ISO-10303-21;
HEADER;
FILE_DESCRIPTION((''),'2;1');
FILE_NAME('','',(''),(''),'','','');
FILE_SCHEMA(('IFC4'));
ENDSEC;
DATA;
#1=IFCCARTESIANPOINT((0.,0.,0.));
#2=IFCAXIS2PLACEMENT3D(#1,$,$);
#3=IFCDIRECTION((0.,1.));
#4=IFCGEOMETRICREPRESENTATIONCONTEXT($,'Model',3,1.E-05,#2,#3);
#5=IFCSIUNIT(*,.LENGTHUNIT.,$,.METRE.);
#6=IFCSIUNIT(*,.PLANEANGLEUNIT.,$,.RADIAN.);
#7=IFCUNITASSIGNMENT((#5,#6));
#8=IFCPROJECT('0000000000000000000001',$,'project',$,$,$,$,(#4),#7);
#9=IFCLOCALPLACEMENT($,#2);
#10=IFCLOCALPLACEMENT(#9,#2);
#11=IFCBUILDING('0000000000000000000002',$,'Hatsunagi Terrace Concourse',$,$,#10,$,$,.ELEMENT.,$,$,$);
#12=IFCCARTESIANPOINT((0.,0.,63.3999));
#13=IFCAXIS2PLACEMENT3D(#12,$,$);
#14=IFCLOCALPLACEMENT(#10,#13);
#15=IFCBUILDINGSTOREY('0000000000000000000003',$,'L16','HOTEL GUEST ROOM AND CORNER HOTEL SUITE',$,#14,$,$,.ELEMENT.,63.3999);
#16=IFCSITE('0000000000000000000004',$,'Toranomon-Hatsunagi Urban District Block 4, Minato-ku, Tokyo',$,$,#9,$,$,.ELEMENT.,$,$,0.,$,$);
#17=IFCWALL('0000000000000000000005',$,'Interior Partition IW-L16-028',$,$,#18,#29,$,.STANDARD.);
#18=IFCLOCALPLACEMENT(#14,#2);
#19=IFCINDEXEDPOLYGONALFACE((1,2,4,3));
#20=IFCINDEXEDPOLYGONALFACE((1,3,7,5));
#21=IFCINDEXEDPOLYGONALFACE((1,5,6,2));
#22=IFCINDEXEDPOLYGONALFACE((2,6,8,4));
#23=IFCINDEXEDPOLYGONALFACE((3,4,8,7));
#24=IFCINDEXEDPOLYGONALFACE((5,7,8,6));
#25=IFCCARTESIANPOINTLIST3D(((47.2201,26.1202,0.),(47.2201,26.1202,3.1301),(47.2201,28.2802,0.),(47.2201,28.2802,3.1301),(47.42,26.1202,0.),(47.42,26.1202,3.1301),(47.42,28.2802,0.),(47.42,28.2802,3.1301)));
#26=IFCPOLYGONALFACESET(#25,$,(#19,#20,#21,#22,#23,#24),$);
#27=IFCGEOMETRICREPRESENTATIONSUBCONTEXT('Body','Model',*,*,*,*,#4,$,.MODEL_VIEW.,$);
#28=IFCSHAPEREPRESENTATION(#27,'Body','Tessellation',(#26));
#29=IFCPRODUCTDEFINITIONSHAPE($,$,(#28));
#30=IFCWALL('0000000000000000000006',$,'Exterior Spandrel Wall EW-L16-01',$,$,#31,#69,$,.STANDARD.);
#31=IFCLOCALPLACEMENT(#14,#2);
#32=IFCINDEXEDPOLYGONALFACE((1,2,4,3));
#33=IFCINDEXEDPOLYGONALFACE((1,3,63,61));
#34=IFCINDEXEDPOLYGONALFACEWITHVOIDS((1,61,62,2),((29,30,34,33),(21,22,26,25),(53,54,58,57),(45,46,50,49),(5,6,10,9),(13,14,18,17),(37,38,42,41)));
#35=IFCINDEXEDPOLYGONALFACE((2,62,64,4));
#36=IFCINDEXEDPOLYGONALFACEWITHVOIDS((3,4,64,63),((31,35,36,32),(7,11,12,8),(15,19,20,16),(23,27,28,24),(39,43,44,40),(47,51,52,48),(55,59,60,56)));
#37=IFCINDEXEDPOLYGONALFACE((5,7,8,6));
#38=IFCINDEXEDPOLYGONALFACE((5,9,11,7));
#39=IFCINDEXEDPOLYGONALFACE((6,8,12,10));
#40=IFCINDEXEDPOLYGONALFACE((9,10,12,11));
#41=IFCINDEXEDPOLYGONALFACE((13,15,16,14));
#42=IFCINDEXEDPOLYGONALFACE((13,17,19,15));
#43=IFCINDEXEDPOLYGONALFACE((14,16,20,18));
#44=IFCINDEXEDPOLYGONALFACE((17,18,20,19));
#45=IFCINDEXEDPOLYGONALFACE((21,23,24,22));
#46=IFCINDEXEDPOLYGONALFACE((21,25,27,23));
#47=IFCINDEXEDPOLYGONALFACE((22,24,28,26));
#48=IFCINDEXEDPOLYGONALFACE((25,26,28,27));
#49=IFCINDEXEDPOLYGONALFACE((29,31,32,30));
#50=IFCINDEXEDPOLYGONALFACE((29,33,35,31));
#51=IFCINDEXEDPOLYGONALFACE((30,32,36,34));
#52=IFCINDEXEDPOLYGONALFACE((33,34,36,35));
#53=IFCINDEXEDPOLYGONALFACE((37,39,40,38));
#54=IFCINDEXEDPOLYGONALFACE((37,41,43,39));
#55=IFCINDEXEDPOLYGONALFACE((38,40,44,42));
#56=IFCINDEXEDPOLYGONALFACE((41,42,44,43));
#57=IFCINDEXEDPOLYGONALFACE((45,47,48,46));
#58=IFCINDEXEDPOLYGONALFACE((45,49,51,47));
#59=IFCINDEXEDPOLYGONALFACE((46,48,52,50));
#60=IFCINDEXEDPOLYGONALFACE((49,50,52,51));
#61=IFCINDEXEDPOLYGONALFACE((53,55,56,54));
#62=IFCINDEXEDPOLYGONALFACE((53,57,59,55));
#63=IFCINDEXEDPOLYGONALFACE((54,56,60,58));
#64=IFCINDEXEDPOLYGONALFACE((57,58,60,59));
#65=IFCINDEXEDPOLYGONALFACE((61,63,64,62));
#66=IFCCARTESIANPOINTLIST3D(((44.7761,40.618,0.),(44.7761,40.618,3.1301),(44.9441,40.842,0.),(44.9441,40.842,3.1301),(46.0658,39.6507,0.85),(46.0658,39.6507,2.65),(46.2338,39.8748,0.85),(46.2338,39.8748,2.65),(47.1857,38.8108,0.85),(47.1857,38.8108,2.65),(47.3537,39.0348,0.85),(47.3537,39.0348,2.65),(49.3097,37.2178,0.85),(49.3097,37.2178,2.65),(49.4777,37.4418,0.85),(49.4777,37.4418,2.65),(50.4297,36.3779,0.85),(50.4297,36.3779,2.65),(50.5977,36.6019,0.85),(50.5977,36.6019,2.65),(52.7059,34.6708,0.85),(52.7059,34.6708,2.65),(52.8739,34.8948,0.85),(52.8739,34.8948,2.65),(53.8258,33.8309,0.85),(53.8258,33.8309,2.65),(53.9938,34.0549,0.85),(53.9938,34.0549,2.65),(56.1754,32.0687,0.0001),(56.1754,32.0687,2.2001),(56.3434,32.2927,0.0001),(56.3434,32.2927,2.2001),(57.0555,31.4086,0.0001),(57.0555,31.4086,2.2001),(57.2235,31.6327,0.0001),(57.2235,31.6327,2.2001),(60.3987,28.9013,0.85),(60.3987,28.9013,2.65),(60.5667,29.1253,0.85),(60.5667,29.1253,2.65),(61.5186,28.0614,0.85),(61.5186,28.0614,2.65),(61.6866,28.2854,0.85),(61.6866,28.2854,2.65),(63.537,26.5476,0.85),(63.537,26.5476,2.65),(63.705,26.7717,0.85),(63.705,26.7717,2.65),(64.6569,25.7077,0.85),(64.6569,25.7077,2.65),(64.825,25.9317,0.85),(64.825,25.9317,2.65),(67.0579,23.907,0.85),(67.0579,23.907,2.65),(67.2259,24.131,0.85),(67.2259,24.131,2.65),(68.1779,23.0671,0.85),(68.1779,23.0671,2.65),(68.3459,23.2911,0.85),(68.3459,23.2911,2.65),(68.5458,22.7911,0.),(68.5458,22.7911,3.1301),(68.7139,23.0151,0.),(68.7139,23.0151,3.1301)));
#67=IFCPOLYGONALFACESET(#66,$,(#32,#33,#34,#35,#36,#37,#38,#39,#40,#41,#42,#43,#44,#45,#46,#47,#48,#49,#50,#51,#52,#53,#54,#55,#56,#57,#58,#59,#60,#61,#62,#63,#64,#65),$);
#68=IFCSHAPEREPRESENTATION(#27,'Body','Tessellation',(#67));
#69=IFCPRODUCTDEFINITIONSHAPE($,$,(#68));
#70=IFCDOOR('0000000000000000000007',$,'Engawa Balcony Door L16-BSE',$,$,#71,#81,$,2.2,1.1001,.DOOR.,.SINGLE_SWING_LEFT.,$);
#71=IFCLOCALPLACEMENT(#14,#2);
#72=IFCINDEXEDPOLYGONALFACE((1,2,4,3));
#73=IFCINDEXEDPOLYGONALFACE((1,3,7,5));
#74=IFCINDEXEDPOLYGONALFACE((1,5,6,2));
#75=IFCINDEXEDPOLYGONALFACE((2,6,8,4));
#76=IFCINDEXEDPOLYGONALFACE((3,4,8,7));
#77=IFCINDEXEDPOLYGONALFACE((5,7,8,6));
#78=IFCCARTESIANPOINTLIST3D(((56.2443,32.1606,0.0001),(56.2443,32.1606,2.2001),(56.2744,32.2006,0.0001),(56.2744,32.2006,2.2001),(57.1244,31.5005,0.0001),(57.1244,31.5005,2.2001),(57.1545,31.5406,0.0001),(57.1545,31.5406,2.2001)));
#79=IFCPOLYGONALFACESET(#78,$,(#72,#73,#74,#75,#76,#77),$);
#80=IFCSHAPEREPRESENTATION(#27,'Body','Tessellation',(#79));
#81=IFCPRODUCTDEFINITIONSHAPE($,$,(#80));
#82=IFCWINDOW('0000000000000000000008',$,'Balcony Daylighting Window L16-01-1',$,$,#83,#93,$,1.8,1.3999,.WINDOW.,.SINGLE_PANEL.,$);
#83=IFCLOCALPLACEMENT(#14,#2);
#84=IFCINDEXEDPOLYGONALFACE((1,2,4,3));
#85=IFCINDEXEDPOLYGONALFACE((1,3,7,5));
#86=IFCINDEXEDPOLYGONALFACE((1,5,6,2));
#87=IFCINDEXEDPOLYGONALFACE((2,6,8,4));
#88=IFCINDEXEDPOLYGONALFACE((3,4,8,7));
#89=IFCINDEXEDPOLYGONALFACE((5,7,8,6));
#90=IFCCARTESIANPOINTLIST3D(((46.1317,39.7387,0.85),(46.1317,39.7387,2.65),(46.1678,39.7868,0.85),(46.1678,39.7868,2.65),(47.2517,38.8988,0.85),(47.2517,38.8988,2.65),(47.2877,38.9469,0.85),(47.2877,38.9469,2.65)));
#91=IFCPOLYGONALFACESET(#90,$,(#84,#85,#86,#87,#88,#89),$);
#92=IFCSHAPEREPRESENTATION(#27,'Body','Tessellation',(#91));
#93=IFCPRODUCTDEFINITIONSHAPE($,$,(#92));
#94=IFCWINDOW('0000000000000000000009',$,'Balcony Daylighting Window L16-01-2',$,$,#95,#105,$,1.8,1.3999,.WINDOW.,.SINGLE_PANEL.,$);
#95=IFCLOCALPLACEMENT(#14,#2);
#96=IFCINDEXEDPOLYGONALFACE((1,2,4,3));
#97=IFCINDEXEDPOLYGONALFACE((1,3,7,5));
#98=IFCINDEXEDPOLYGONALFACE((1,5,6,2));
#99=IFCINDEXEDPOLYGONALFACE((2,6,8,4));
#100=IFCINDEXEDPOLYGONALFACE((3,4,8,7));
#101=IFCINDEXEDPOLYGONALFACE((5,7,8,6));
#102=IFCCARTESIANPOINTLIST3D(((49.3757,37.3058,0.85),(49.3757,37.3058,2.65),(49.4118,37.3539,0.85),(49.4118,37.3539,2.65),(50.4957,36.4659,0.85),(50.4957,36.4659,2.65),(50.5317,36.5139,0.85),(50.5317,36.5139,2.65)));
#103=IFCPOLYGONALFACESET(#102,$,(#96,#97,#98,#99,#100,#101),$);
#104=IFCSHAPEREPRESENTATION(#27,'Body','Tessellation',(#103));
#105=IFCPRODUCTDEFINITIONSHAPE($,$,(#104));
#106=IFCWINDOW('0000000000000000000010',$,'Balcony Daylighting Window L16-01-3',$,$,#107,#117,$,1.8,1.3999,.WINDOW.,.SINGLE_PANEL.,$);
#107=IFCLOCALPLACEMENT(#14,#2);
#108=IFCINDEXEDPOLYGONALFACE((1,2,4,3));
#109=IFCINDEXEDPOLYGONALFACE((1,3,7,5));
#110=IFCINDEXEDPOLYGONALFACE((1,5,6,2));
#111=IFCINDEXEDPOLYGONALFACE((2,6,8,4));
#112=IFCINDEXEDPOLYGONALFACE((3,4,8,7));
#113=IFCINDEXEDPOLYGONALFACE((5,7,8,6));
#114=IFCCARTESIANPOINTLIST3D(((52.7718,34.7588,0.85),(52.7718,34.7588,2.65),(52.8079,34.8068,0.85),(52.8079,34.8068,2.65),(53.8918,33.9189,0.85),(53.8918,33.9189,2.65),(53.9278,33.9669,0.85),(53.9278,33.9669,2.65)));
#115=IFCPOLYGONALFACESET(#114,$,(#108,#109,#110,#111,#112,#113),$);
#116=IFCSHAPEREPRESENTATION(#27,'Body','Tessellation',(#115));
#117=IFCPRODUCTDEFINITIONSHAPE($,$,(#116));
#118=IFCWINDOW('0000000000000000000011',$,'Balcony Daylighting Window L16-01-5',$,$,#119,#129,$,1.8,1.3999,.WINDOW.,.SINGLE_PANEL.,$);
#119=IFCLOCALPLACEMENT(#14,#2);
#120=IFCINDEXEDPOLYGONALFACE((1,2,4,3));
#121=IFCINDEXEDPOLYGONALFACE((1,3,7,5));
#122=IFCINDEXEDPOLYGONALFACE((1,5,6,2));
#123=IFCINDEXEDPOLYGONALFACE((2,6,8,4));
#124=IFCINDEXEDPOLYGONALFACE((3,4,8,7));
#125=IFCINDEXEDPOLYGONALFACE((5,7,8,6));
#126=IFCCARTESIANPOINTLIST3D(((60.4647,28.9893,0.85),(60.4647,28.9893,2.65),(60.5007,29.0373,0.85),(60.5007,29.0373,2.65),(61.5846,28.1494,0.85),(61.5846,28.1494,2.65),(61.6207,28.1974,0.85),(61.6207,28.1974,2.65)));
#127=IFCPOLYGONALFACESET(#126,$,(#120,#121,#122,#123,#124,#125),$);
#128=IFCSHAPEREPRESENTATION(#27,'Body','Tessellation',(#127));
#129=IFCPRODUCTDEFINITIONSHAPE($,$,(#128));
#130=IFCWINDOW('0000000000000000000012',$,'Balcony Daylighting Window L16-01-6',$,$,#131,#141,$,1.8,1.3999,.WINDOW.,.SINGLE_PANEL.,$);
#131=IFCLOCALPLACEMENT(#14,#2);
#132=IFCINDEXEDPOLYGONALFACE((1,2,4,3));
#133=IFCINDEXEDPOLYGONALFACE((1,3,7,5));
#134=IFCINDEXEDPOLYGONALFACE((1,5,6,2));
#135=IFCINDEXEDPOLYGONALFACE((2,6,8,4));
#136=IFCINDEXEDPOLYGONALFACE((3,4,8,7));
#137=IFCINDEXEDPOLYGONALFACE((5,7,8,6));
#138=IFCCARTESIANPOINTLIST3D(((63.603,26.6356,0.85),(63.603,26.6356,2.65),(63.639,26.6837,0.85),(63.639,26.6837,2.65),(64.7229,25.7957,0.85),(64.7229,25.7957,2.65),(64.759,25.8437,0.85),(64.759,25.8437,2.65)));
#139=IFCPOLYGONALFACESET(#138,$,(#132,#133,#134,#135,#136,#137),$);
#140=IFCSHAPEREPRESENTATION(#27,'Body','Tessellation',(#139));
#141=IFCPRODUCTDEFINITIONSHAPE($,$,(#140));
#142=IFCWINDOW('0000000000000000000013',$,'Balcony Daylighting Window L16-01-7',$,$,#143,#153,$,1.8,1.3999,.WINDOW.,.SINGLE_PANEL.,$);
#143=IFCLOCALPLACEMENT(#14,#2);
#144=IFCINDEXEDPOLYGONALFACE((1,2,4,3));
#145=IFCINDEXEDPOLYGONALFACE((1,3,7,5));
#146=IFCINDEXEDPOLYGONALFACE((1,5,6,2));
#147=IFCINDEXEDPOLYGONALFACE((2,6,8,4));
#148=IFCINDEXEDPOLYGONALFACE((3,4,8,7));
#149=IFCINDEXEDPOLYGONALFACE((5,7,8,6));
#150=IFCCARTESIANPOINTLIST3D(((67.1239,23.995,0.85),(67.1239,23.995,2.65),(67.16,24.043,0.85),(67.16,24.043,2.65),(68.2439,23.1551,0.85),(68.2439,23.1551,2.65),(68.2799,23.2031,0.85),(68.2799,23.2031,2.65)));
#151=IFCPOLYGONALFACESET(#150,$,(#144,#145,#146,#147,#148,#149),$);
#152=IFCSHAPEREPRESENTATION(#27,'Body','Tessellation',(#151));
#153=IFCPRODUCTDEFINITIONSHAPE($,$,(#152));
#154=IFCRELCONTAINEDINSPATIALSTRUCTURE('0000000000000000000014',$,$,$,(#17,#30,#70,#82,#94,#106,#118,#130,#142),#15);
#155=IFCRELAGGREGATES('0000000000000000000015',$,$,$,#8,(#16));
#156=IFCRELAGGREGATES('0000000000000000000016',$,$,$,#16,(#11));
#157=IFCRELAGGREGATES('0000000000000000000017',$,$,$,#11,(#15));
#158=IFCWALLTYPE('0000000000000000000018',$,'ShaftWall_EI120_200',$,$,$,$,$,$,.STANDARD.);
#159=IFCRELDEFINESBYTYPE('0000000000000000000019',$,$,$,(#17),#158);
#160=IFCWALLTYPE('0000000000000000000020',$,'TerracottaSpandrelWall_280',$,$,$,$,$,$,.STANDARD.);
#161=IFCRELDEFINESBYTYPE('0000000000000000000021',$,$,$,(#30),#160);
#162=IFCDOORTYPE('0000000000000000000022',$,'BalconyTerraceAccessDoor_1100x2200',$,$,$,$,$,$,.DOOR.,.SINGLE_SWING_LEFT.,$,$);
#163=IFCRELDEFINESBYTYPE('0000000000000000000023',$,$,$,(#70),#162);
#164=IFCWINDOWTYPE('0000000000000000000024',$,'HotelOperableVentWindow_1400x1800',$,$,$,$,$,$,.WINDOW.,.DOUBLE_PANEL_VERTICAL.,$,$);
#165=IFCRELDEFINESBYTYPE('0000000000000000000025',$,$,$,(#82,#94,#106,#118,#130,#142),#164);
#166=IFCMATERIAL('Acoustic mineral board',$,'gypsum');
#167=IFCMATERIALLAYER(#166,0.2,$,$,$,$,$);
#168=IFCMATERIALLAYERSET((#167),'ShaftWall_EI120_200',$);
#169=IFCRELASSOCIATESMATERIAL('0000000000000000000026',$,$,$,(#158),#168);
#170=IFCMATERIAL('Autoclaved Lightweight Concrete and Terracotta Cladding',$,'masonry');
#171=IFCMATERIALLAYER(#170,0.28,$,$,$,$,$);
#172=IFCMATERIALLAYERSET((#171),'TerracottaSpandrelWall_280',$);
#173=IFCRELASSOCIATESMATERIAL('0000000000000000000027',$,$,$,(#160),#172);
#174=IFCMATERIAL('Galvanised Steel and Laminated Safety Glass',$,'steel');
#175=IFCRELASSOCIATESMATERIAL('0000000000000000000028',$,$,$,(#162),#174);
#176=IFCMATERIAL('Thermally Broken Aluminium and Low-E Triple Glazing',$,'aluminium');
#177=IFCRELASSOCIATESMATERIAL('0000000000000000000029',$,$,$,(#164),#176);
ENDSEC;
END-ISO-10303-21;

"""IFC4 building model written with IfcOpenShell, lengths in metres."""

from ifc_helpers import new_model, si_unit, direction, frame, frame_2d, origin, place, context, subcontext, project, spatial, rectangle, extrude, material, layer, layer_set, type_object, element, fill, save


model = new_model("IFC4")

# Units and contexts
model_context = context("Model", 3, precision=1e-05, world=origin(), true_north=direction((0.0, 1.0)))
body_context = subcontext(model_context, "Body", "Model", "MODEL_VIEW")
ifc_project = project(units=[si_unit("LENGTHUNIT", "METRE"), si_unit("PLANEANGLEUNIT", "RADIAN")], contexts=[model_context])

# Site, building, storey
site_placement = place(None, origin())
site = spatial("IfcSite", under=ifc_project, at=site_placement, Name="Toranomon-Hatsunagi Urban District Block 4, Minato-ku, Tokyo", CompositionType="ELEMENT", RefElevation=0.0)
building_placement = place(site_placement, origin())
building = spatial("IfcBuilding", under=site, at=building_placement, Name="Hatsunagi Terrace Concourse", CompositionType="ELEMENT")
storey_placement = place(building_placement, frame((0.0, 0.0, 63.3999)))
storey = spatial("IfcBuildingStorey", under=building, at=storey_placement, Name="L16", Description="HOTEL GUEST ROOM AND CORNER HOTEL SUITE", CompositionType="ELEMENT", Elevation=63.3999)

# Wall
ifc_material_1 = material(Name="Acoustic mineral board", Category="gypsum")
ifc_layer_1 = layer(ifc_material_1, 0.2)
ifc_layer_set_1 = layer_set([ifc_layer_1], Name="ShaftWall_EI120_200")
wall_type_1 = type_object("IfcWallType", Name="ShaftWall_EI120_200", PredefinedType="STANDARD", material=ifc_layer_set_1)
for number, where, z_axis, x_axis, name in (
    (1, (47.3201, 26.1201, 0.0), (0.0, 0.0, 1.0), (0.0, 1.0, 0.0), "Interior Partition IW-L16-028"),
):
    element("IfcWall", number, at=place(storey_placement, frame(where, z_axis=z_axis, x_axis=x_axis)), inside=storey, type_object=wall_type_1, Name=name, PredefinedType="STANDARD", context=body_context, shape_type="SweptSolid", body=[
        extrude(rectangle(XDim=2.1599, YDim=0.2, at=frame_2d((1.0801, 0.0))), origin(), (0.0, 0.0, 1.0), 3.1301),
    ])

# Wall, openings, door, windows
ifc_material_2 = material(Name="Autoclaved Lightweight Concrete and Terracotta Cladding", Category="masonry")
ifc_layer_2 = layer(ifc_material_2, 0.28)
ifc_layer_set_2 = layer_set([ifc_layer_2], Name="TerracottaSpandrelWall_280")
wall_type_2 = type_object("IfcWallType", Name="TerracottaSpandrelWall_280", PredefinedType="STANDARD", material=ifc_layer_set_2)
wall_1_placement = place(storey_placement, frame((44.8601, 40.73, 0.0), z_axis=(0.0, 0.0, 1.0), x_axis=(0.800007, -0.599991, 0.0)))
wall_1 = element("IfcWall", 2, at=wall_1_placement, inside=storey, type_object=wall_type_2, Name="Exterior Spandrel Wall EW-L16-01", PredefinedType="STANDARD", context=body_context, shape_type="SweptSolid", body=[
    extrude(rectangle(XDim=29.7119, YDim=0.28, at=frame_2d((14.856, 0.0))), origin(), (0.0, 0.0, 1.0), 3.1301),
])
opening_1_placement = place(wall_1_placement, frame((14.249, 0.0, 0.0)))
opening_1 = element("IfcOpeningElement", 3, at=opening_1_placement, cuts=wall_1, PredefinedType="OPENING", context=body_context, shape_type="SweptSolid", body=[
    extrude(rectangle(XDim=1.1001, YDim=2.2, at=frame_2d((0.55, 1.1001))), frame((0.0, 0.1499, 0.0), z_axis=(0.0, -1.0, 0.0), x_axis=(1.0, 0.0, 0.0)), (0.0, 0.0, 1.0), 0.3),
])
opening_2_placement = place(wall_1_placement, frame((1.6121, 0.0, 0.8501)))
opening_2 = element("IfcOpeningElement", 4, at=opening_2_placement, cuts=wall_1, PredefinedType="OPENING", context=body_context, shape_type="SweptSolid", body=[
    extrude(rectangle(XDim=1.3999, YDim=1.8, at=frame_2d((0.7, 0.8999))), frame((0.0, 0.1499, 0.0), z_axis=(0.0, -1.0, 0.0), x_axis=(1.0, 0.0, 0.0)), (0.0, 0.0, 1.0), 0.3),
])
opening_3_placement = place(wall_1_placement, frame((5.667, 0.0, 0.8501)))
opening_3 = element("IfcOpeningElement", 5, at=opening_3_placement, cuts=wall_1, PredefinedType="OPENING", context=body_context, shape_type="SweptSolid", body=[
    extrude(rectangle(XDim=1.3999, YDim=1.8, at=frame_2d((0.7, 0.8999))), frame((0.0, 0.1499, 0.0), z_axis=(0.0, -1.0, 0.0), x_axis=(1.0, 0.0, 0.0)), (0.0, 0.0, 1.0), 0.3),
])
opening_4_placement = place(wall_1_placement, frame((9.9121, 0.0, 0.8501)))
opening_4 = element("IfcOpeningElement", 6, at=opening_4_placement, cuts=wall_1, PredefinedType="OPENING", context=body_context, shape_type="SweptSolid", body=[
    extrude(rectangle(XDim=1.3999, YDim=1.8, at=frame_2d((0.7, 0.8999))), frame((0.0, 0.1499, 0.0), z_axis=(0.0, -1.0, 0.0), x_axis=(1.0, 0.0, 0.0)), (0.0, 0.0, 1.0), 0.3),
])
opening_5_placement = place(wall_1_placement, frame((19.5281, 0.0, 0.8501)))
opening_5 = element("IfcOpeningElement", 7, at=opening_5_placement, cuts=wall_1, PredefinedType="OPENING", context=body_context, shape_type="SweptSolid", body=[
    extrude(rectangle(XDim=1.3999, YDim=1.8, at=frame_2d((0.7, 0.8999))), frame((0.0, 0.1499, 0.0), z_axis=(0.0, -1.0, 0.0), x_axis=(1.0, 0.0, 0.0)), (0.0, 0.0, 1.0), 0.3),
])
opening_6_placement = place(wall_1_placement, frame((23.4509, 0.0, 0.8501)))
opening_6 = element("IfcOpeningElement", 8, at=opening_6_placement, cuts=wall_1, PredefinedType="OPENING", context=body_context, shape_type="SweptSolid", body=[
    extrude(rectangle(XDim=1.3999, YDim=1.8, at=frame_2d((0.7, 0.8999))), frame((0.0, 0.1499, 0.0), z_axis=(0.0, -1.0, 0.0), x_axis=(1.0, 0.0, 0.0)), (0.0, 0.0, 1.0), 0.3),
])
opening_7_placement = place(wall_1_placement, frame((27.8521, 0.0, 0.8501)))
opening_7 = element("IfcOpeningElement", 9, at=opening_7_placement, cuts=wall_1, PredefinedType="OPENING", context=body_context, shape_type="SweptSolid", body=[
    extrude(rectangle(XDim=1.3999, YDim=1.8, at=frame_2d((0.7, 0.8999))), frame((0.0, 0.1499, 0.0), z_axis=(0.0, -1.0, 0.0), x_axis=(1.0, 0.0, 0.0)), (0.0, 0.0, 1.0), 0.3),
])
ifc_material_3 = material(Name="Galvanised Steel and Laminated Safety Glass", Category="steel")
door_type_1 = type_object("IfcDoorType", Name="BalconyTerraceAccessDoor_1100x2200", OperationType="SINGLE_SWING_LEFT", PredefinedType="DOOR", material=ifc_material_3)
door_1_placement = place(opening_1_placement, origin())
door_1 = element("IfcDoor", 10, at=door_1_placement, inside=storey, type_object=door_type_1, Name="Engawa Balcony Door L16-BSE", OperationType="SINGLE_SWING_LEFT", OverallHeight=2.2, OverallWidth=1.1001, PredefinedType="DOOR", context=body_context, shape_type="SweptSolid", body=[
    extrude(rectangle(XDim=1.1001, YDim=2.2, at=frame_2d((0.55, 1.1001))), frame((0.0, 0.0249, 0.0), z_axis=(0.0, -1.0, 0.0), x_axis=(1.0, 0.0, 0.0)), (0.0, 0.0, 1.0), 0.05),
])
fill(opening_1, door_1)
ifc_material_4 = material(Name="Thermally Broken Aluminium and Low-E Triple Glazing", Category="aluminium")
window_type = type_object("IfcWindowType", Name="HotelOperableVentWindow_1400x1800", PartitioningType="DOUBLE_PANEL_VERTICAL", PredefinedType="WINDOW", material=ifc_material_4)
window_1_placement = place(opening_2_placement, origin())
window_1 = element("IfcWindow", 11, at=window_1_placement, inside=storey, type_object=window_type, Name="Balcony Daylighting Window L16-01-1", OverallHeight=1.8, OverallWidth=1.3999, PartitioningType="SINGLE_PANEL", PredefinedType="WINDOW", context=body_context, shape_type="SweptSolid", body=[
    extrude(rectangle(XDim=1.3999, YDim=1.8, at=frame_2d((0.7, 0.8999))), frame((0.0, 0.03, 0.0), z_axis=(0.0, -1.0, 0.0), x_axis=(1.0, 0.0, 0.0)), (0.0, 0.0, 1.0), 0.0601),
])
fill(opening_2, window_1)
window_2_placement = place(opening_3_placement, origin())
window_2 = element("IfcWindow", 12, at=window_2_placement, inside=storey, type_object=window_type, Name="Balcony Daylighting Window L16-01-2", OverallHeight=1.8, OverallWidth=1.3999, PartitioningType="SINGLE_PANEL", PredefinedType="WINDOW", context=body_context, shape_type="SweptSolid", body=[
    extrude(rectangle(XDim=1.3999, YDim=1.8, at=frame_2d((0.7, 0.8999))), frame((0.0, 0.03, 0.0), z_axis=(0.0, -1.0, 0.0), x_axis=(1.0, 0.0, 0.0)), (0.0, 0.0, 1.0), 0.0601),
])
fill(opening_3, window_2)
window_3_placement = place(opening_4_placement, origin())
window_3 = element("IfcWindow", 13, at=window_3_placement, inside=storey, type_object=window_type, Name="Balcony Daylighting Window L16-01-3", OverallHeight=1.8, OverallWidth=1.3999, PartitioningType="SINGLE_PANEL", PredefinedType="WINDOW", context=body_context, shape_type="SweptSolid", body=[
    extrude(rectangle(XDim=1.3999, YDim=1.8, at=frame_2d((0.7, 0.8999))), frame((0.0, 0.03, 0.0), z_axis=(0.0, -1.0, 0.0), x_axis=(1.0, 0.0, 0.0)), (0.0, 0.0, 1.0), 0.0601),
])
fill(opening_4, window_3)
window_4_placement = place(opening_5_placement, origin())
window_4 = element("IfcWindow", 14, at=window_4_placement, inside=storey, type_object=window_type, Name="Balcony Daylighting Window L16-01-5", OverallHeight=1.8, OverallWidth=1.3999, PartitioningType="SINGLE_PANEL", PredefinedType="WINDOW", context=body_context, shape_type="SweptSolid", body=[
    extrude(rectangle(XDim=1.3999, YDim=1.8, at=frame_2d((0.7, 0.8999))), frame((0.0, 0.03, 0.0), z_axis=(0.0, -1.0, 0.0), x_axis=(1.0, 0.0, 0.0)), (0.0, 0.0, 1.0), 0.0601),
])
fill(opening_5, window_4)
window_5_placement = place(opening_6_placement, origin())
window_5 = element("IfcWindow", 15, at=window_5_placement, inside=storey, type_object=window_type, Name="Balcony Daylighting Window L16-01-6", OverallHeight=1.8, OverallWidth=1.3999, PartitioningType="SINGLE_PANEL", PredefinedType="WINDOW", context=body_context, shape_type="SweptSolid", body=[
    extrude(rectangle(XDim=1.3999, YDim=1.8, at=frame_2d((0.7, 0.8999))), frame((0.0, 0.03, 0.0), z_axis=(0.0, -1.0, 0.0), x_axis=(1.0, 0.0, 0.0)), (0.0, 0.0, 1.0), 0.0601),
])
fill(opening_6, window_5)
window_6_placement = place(opening_7_placement, origin())
window_6 = element("IfcWindow", 16, at=window_6_placement, inside=storey, type_object=window_type, Name="Balcony Daylighting Window L16-01-7", OverallHeight=1.8, OverallWidth=1.3999, PartitioningType="SINGLE_PANEL", PredefinedType="WINDOW", context=body_context, shape_type="SweptSolid", body=[
    extrude(rectangle(XDim=1.3999, YDim=1.8, at=frame_2d((0.7, 0.8999))), frame((0.0, 0.03, 0.0), z_axis=(0.0, -1.0, 0.0), x_axis=(1.0, 0.0, 0.0)), (0.0, 0.0, 1.0), 0.0601),
])
fill(opening_7, window_6)

save(model, "model.ifc")
